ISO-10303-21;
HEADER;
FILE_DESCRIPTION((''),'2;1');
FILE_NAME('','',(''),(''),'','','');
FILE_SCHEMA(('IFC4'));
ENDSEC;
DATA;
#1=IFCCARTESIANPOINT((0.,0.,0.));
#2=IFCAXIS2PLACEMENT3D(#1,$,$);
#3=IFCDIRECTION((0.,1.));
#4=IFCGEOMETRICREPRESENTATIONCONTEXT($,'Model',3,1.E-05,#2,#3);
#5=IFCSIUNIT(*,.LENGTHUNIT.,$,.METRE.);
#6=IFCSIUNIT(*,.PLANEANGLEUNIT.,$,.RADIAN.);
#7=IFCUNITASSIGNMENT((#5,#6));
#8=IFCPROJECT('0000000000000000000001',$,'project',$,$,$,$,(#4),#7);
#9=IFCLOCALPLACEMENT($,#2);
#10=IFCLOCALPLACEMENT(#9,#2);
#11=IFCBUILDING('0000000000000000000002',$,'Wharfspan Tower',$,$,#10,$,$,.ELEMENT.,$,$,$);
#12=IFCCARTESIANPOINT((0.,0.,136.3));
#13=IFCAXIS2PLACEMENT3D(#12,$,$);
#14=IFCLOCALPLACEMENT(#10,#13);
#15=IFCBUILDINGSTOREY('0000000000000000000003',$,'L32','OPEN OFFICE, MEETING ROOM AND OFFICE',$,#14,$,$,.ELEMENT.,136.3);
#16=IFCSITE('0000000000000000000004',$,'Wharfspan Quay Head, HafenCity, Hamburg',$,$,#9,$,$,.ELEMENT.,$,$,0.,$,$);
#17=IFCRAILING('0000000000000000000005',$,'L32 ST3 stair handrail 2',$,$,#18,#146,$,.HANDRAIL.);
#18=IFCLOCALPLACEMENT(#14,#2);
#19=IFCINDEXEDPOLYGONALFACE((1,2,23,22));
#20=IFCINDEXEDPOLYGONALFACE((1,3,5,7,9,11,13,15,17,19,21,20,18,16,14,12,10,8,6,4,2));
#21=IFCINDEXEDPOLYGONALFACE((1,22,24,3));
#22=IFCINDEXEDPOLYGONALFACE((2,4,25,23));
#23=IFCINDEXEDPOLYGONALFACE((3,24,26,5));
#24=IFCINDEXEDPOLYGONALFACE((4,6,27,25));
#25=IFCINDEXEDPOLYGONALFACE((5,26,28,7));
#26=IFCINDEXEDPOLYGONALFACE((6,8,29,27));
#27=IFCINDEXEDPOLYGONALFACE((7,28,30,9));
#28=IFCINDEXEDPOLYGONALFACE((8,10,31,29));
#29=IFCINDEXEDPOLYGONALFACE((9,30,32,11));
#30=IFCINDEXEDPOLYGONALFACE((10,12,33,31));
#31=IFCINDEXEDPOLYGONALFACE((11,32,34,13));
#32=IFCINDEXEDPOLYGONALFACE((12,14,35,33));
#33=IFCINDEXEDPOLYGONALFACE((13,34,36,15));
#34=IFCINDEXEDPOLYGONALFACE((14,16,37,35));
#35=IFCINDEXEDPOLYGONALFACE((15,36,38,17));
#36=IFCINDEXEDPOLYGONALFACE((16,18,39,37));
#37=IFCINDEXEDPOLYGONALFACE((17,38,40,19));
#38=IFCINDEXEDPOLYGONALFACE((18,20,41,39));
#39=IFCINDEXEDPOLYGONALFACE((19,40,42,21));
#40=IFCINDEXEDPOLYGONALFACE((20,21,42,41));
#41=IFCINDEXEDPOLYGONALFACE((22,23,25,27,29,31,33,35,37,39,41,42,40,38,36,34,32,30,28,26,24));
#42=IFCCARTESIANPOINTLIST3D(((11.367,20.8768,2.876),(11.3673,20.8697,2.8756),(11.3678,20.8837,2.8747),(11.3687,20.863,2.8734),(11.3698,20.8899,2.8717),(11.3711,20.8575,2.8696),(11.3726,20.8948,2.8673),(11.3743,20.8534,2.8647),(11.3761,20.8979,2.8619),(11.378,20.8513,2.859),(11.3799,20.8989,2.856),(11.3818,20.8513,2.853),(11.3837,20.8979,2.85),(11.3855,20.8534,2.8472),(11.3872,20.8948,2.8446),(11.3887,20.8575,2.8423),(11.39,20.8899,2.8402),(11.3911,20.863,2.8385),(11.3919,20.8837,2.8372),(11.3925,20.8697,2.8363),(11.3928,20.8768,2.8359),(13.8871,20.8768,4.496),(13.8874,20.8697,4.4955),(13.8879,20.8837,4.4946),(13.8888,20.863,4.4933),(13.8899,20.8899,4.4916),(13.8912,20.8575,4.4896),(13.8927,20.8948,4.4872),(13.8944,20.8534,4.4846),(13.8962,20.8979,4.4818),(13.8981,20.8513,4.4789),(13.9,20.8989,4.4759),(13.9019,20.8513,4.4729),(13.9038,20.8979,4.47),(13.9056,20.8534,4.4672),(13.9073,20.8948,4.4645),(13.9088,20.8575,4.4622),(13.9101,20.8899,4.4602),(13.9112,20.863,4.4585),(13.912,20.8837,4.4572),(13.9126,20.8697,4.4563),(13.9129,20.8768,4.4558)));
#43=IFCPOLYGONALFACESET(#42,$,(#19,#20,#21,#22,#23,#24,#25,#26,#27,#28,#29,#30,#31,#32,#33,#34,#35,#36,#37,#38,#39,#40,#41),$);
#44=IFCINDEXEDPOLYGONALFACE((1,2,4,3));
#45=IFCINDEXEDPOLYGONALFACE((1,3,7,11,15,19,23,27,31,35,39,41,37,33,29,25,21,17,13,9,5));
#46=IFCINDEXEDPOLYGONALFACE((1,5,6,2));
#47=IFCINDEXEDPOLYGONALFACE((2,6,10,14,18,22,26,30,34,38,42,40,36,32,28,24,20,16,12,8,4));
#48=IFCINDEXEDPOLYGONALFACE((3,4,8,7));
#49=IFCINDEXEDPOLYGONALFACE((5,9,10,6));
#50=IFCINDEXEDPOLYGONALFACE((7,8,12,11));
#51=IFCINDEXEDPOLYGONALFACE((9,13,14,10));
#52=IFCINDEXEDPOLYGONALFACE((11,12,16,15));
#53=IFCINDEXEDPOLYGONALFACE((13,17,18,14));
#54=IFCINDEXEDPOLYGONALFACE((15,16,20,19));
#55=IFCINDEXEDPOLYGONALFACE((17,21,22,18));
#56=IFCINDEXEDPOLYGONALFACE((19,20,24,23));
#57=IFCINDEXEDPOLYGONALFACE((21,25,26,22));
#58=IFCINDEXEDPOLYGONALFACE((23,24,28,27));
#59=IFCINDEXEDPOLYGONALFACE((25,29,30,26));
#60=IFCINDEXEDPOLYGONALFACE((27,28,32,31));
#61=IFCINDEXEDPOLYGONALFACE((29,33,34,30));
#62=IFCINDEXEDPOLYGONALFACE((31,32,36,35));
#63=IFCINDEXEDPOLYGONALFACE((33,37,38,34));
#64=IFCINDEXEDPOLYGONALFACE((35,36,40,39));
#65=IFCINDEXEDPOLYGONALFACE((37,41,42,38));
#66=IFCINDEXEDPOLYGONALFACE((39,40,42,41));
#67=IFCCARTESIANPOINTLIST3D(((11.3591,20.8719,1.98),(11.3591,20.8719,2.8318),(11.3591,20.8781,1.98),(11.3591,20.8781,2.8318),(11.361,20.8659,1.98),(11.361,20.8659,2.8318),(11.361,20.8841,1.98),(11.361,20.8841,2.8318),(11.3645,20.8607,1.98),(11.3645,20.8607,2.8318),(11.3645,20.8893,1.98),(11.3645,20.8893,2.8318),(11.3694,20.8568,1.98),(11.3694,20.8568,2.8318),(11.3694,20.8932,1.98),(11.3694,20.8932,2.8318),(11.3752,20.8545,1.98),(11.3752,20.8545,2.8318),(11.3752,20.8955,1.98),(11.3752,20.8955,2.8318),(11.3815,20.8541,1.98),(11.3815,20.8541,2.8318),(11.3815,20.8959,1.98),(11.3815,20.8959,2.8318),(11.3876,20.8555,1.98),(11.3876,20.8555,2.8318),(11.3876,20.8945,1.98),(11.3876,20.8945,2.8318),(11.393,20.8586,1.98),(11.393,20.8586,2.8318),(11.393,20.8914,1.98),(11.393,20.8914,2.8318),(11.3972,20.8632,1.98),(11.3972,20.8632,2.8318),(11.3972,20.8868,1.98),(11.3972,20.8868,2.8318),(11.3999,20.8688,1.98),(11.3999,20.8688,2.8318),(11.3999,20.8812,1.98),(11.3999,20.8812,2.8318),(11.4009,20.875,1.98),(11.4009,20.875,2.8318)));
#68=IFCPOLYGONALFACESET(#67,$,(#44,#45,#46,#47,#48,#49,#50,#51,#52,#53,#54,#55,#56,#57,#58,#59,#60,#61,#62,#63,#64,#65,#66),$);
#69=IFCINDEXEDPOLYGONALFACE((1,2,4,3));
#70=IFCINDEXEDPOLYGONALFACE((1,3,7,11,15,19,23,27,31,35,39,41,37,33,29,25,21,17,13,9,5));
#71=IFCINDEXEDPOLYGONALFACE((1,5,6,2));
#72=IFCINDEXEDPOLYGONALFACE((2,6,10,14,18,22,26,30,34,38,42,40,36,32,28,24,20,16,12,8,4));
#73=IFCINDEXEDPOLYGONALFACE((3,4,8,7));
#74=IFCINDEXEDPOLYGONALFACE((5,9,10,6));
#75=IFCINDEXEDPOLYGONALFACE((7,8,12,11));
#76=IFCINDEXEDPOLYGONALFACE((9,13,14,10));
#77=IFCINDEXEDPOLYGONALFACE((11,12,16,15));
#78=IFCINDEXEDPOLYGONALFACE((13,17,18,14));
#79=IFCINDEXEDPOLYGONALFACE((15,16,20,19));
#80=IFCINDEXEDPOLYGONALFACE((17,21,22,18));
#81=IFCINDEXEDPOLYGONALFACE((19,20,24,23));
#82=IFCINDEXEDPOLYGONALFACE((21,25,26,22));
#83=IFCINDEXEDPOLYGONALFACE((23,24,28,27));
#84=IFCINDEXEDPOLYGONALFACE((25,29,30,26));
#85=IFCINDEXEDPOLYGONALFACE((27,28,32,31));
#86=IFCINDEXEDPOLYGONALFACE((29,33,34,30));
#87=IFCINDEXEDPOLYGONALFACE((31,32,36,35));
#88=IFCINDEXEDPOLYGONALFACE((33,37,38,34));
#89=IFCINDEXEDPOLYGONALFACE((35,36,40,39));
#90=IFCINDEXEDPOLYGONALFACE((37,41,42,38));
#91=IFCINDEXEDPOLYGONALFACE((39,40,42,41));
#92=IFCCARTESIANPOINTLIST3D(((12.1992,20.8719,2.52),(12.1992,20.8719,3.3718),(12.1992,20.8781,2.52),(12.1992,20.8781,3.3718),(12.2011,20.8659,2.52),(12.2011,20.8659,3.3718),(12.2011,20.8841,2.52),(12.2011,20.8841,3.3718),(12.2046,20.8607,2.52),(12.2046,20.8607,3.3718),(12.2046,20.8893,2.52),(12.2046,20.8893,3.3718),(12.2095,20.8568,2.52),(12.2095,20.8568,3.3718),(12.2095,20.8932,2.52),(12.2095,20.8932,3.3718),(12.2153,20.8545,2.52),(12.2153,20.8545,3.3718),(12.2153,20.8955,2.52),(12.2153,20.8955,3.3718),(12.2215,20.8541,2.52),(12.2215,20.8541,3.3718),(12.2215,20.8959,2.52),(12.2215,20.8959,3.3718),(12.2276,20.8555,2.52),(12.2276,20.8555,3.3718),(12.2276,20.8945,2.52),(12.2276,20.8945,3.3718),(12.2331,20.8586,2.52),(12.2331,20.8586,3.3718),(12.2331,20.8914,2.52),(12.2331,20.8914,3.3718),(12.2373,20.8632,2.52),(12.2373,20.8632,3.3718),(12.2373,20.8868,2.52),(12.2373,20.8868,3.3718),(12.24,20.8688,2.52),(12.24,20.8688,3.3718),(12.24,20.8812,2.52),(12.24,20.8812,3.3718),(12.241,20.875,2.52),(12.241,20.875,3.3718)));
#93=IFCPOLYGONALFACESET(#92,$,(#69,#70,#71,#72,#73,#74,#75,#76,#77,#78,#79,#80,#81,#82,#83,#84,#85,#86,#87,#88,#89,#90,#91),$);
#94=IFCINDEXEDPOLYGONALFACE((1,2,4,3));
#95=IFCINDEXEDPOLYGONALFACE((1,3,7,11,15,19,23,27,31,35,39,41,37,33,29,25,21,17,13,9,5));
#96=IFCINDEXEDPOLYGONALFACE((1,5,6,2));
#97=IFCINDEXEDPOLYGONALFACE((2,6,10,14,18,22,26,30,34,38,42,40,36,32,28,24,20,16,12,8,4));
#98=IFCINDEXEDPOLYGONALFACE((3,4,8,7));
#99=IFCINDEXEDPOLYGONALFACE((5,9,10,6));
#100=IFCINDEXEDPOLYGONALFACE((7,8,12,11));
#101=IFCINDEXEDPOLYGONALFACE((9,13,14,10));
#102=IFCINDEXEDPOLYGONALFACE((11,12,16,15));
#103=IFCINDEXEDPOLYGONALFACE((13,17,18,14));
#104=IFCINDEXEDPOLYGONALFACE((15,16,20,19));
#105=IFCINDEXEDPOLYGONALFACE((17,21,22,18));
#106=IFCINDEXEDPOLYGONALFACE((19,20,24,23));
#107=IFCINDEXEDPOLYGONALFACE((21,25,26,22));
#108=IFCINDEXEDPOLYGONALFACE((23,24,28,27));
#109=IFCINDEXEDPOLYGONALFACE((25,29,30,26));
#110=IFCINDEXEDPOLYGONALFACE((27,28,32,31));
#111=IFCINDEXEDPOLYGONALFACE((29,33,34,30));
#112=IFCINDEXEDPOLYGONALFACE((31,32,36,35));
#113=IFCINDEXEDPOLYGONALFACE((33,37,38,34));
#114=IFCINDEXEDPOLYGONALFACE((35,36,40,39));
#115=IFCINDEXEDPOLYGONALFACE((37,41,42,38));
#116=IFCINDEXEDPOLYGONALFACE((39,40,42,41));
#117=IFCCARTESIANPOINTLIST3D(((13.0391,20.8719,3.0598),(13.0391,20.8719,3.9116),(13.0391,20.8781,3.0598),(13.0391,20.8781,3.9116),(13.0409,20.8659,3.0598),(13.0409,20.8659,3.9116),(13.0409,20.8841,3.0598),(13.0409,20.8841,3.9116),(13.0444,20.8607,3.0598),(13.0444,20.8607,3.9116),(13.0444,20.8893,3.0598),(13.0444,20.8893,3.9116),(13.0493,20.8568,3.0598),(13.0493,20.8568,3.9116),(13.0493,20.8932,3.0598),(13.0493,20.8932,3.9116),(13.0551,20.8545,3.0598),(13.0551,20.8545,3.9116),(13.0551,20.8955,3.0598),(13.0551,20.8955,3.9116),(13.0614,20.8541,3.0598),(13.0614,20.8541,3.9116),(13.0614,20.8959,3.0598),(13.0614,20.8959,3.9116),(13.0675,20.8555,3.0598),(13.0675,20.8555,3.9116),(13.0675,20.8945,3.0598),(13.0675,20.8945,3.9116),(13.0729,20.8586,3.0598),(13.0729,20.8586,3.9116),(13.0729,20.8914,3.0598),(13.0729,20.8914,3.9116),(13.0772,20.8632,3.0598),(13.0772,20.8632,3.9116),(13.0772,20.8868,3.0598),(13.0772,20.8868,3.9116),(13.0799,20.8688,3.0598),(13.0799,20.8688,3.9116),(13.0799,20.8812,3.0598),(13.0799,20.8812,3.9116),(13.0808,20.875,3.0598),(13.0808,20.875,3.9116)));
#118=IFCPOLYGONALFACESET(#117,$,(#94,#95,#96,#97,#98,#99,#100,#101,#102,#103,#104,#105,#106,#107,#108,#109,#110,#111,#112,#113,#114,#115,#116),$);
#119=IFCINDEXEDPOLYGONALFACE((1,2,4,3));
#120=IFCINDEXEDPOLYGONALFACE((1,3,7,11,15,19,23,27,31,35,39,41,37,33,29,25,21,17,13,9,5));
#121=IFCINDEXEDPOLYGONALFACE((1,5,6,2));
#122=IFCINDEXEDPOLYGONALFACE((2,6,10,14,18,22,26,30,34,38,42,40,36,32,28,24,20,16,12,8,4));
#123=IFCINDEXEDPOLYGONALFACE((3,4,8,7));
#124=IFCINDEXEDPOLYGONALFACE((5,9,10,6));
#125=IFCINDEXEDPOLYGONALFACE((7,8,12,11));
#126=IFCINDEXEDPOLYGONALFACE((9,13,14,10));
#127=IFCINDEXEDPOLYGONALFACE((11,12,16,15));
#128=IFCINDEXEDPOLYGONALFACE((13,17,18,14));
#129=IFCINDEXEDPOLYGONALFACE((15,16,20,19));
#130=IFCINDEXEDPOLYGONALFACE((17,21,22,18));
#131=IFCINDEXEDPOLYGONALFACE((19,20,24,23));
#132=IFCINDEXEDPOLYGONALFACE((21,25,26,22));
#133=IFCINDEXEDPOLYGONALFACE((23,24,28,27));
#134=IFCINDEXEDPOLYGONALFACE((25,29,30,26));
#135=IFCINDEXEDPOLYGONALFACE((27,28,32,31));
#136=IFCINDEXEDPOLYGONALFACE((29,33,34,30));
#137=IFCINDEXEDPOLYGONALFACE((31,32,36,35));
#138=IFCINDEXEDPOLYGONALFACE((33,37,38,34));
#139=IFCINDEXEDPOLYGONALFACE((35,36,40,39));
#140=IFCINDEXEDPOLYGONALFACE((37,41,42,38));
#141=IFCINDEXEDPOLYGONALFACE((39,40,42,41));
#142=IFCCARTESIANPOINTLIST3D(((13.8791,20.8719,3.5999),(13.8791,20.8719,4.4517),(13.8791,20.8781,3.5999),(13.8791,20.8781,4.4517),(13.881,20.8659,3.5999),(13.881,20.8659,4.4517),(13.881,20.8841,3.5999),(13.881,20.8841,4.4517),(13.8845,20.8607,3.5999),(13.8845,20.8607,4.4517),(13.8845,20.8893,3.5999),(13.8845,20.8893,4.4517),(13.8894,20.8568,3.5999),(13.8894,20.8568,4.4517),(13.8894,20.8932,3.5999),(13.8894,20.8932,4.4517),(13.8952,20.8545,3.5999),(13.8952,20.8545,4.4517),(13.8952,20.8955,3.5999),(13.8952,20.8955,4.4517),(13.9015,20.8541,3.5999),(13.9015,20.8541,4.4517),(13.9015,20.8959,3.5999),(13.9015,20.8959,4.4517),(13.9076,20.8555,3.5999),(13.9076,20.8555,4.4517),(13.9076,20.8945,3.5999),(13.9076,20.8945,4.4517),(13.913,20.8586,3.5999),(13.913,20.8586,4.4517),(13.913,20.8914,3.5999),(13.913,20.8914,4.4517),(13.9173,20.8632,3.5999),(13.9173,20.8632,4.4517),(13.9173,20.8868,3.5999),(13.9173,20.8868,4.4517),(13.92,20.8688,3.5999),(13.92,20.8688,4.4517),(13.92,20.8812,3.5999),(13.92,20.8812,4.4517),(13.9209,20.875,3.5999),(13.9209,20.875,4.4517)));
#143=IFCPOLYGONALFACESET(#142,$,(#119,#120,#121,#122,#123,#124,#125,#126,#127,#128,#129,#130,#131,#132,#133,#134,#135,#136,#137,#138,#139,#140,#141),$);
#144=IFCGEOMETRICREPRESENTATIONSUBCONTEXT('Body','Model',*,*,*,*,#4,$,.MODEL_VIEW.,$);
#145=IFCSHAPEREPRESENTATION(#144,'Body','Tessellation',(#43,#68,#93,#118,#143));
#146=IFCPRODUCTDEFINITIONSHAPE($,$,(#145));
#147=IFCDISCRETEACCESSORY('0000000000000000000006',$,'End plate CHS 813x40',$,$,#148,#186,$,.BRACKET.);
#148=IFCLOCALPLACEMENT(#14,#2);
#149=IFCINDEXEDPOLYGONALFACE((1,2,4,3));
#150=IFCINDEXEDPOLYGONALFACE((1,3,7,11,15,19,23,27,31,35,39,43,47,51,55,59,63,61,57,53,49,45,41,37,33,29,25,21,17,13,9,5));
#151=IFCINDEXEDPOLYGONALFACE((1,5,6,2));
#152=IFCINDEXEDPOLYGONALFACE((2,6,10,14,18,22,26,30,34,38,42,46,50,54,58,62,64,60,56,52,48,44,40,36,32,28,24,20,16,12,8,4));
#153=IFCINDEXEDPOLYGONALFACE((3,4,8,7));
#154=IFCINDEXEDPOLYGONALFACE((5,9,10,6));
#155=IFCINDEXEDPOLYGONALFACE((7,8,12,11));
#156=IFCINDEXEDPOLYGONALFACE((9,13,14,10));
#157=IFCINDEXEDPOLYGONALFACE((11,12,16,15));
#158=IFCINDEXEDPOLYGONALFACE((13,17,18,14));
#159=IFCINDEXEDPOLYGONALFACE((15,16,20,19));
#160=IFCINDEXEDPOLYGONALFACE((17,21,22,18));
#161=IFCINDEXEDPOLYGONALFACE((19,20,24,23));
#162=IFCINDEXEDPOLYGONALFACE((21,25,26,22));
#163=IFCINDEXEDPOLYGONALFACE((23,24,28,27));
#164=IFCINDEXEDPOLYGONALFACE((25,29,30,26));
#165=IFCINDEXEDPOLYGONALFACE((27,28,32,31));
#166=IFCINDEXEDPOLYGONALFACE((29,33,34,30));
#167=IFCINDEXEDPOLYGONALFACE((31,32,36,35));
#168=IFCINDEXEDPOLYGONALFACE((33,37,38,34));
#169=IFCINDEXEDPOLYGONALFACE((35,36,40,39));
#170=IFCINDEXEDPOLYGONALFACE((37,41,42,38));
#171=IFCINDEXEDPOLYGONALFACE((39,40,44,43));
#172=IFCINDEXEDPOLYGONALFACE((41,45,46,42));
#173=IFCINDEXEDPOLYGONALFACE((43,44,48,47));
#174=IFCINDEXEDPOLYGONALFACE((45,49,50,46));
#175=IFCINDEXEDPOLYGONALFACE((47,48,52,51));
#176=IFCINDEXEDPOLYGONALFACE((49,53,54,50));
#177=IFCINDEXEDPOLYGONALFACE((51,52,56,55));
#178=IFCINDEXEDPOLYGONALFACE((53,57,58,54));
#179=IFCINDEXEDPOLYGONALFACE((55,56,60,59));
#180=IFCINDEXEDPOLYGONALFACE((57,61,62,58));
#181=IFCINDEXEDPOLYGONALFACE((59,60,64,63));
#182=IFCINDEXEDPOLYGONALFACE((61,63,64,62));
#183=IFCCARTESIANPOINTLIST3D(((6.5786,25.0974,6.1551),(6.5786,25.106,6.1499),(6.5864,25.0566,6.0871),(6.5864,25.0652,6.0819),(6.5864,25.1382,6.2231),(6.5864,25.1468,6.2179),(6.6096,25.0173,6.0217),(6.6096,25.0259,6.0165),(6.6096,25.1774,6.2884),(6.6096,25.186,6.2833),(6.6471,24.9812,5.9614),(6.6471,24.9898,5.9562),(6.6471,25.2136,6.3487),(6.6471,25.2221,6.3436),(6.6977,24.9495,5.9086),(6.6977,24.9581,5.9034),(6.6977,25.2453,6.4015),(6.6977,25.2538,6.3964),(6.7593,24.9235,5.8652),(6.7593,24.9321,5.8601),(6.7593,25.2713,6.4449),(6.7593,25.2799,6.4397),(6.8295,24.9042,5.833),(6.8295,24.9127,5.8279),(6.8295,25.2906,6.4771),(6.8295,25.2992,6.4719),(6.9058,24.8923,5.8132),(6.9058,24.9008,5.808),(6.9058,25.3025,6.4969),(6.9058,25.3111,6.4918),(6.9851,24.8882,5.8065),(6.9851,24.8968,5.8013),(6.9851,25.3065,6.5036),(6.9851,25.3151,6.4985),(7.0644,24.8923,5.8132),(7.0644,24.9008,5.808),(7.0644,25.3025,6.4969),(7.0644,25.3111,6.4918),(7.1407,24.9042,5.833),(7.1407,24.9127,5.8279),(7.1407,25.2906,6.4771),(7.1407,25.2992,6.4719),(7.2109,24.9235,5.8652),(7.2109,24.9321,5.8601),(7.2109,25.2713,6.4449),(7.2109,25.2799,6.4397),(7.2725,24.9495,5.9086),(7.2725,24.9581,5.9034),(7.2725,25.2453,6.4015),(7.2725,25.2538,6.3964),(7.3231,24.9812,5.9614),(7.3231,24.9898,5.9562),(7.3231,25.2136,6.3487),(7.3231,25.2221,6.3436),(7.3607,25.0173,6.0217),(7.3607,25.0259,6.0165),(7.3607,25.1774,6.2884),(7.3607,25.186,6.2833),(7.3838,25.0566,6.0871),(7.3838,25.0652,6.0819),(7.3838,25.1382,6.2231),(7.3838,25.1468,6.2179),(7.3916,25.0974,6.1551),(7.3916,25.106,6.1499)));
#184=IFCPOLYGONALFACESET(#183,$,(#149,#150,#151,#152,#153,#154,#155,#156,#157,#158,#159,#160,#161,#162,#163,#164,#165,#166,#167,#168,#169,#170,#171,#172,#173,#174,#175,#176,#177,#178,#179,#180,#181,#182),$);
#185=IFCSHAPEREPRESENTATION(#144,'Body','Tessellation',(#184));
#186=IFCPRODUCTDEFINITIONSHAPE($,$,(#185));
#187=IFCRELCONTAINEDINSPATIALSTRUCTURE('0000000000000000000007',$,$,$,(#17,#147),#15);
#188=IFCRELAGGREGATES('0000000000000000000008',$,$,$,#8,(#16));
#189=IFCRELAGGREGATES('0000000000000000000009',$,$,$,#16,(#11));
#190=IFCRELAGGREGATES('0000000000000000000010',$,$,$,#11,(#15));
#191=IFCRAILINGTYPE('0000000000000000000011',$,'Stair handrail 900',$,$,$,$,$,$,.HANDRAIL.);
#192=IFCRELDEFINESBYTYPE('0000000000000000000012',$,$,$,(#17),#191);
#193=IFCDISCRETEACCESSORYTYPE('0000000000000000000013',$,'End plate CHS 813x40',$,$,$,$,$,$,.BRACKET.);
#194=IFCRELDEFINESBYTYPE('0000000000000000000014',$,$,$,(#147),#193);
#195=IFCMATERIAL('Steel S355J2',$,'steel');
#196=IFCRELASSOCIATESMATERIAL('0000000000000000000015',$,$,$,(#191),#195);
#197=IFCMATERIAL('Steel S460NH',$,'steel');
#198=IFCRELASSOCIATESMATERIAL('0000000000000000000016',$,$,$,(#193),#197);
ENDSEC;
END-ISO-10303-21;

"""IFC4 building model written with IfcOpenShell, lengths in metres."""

from ifc_helpers import new_model, si_unit, direction, frame, origin, origin_2d, place, context, subcontext, project, spatial, circle, extrude, material, material_profile, profile_set, type_object, element, save


model = new_model("IFC4")

# Units and contexts
model_context = context("Model", 3, precision=1e-05, world=origin(), true_north=direction((0.0, 1.0)))
body_context = subcontext(model_context, "Body", "Model", "MODEL_VIEW")
ifc_project = project(units=[si_unit("LENGTHUNIT", "METRE"), si_unit("PLANEANGLEUNIT", "RADIAN")], contexts=[model_context])

# Site, building, storey
site_placement = place(None, origin())
site = spatial("IfcSite", under=ifc_project, at=site_placement, Name="Wharfspan Quay Head, HafenCity, Hamburg", CompositionType="ELEMENT", RefElevation=0.0)
building_placement = place(site_placement, origin())
building = spatial("IfcBuilding", under=site, at=building_placement, Name="Wharfspan Tower", CompositionType="ELEMENT")
storey_placement = place(building_placement, frame((0.0, 0.0, 136.3)))
storey = spatial("IfcBuildingStorey", under=building, at=storey_placement, Name="L32", Description="OPEN OFFICE, MEETING ROOM AND OFFICE", CompositionType="ELEMENT", Elevation=136.3)

# Shared definitions
ifc_material_1 = material(Name="Steel S355J2", Category="steel")

# Shared definitions
ifc_material_2 = material(Name="Steel S460NH", Category="steel")

# Railing
railing_type_1 = type_object("IfcRailingType", Name="Stair handrail 900", PredefinedType="HANDRAIL", material=ifc_material_1)
railing_1_placement = place(storey_placement, frame((11.3799, 20.875, 1.98)))
element("IfcRailing", 1, at=railing_1_placement, inside=storey, type_object=railing_type_1, Name="L32 ST3 stair handrail 2", PredefinedType="HANDRAIL", context=body_context, shape_type="SweptSolid", body=[
    extrude(circle(Radius=0.0239, at=origin_2d()), frame((0.0, 0.0, 0.876), z_axis=(0.8412, 0.0, 0.540725), x_axis=(0.0, 1.0, 0.0)), (0.0, 0.0, 1.0), 2.9958),
    extrude(circle(Radius=0.021, at=origin_2d()), origin(), (0.0, 0.0, 1.0), 0.8518),
    extrude(circle(Radius=0.021, at=origin_2d()), frame((0.8401, 0.0, 0.54)), (0.0, 0.0, 1.0), 0.8518),
    extrude(circle(Radius=0.021, at=origin_2d()), frame((1.6799, 0.0, 1.0798)), (0.0, 0.0, 1.0), 0.8518),
    extrude(circle(Radius=0.021, at=origin_2d()), frame((2.52, 0.0, 1.6199)), (0.0, 0.0, 1.0), 0.8518),
])

# Discrete accessory
ifc_material_profile_1 = material_profile(ifc_material_2, circle(Radius=0.4065, at=origin_2d()))
ifc_profile_set_1 = profile_set([ifc_material_profile_1], Name="Steel S460NH")
discrete_accessory_type = type_object("IfcDiscreteAccessoryType", Name="End plate CHS 813x40", PredefinedType="BRACKET", material=ifc_profile_set_1)
for number, where, z_axis, x_axis, name in (
    (2, (6.9851, 25.106, 6.1499), (0.0, -0.857493, 0.514496), (1.0, 0.0, 0.0), "End plate CHS 813x40"),
):
    element("IfcDiscreteAccessory", number, at=place(storey_placement, frame(where, z_axis=z_axis, x_axis=x_axis)), inside=storey, type_object=discrete_accessory_type, Name=name, PredefinedType="BRACKET", context=body_context, shape_type="SweptSolid", body=[
        extrude(circle(Radius=0.4065, at=origin_2d()), origin(), (0.0, 0.0, 1.0), 0.01),
    ])

save(model, "model.ifc")
